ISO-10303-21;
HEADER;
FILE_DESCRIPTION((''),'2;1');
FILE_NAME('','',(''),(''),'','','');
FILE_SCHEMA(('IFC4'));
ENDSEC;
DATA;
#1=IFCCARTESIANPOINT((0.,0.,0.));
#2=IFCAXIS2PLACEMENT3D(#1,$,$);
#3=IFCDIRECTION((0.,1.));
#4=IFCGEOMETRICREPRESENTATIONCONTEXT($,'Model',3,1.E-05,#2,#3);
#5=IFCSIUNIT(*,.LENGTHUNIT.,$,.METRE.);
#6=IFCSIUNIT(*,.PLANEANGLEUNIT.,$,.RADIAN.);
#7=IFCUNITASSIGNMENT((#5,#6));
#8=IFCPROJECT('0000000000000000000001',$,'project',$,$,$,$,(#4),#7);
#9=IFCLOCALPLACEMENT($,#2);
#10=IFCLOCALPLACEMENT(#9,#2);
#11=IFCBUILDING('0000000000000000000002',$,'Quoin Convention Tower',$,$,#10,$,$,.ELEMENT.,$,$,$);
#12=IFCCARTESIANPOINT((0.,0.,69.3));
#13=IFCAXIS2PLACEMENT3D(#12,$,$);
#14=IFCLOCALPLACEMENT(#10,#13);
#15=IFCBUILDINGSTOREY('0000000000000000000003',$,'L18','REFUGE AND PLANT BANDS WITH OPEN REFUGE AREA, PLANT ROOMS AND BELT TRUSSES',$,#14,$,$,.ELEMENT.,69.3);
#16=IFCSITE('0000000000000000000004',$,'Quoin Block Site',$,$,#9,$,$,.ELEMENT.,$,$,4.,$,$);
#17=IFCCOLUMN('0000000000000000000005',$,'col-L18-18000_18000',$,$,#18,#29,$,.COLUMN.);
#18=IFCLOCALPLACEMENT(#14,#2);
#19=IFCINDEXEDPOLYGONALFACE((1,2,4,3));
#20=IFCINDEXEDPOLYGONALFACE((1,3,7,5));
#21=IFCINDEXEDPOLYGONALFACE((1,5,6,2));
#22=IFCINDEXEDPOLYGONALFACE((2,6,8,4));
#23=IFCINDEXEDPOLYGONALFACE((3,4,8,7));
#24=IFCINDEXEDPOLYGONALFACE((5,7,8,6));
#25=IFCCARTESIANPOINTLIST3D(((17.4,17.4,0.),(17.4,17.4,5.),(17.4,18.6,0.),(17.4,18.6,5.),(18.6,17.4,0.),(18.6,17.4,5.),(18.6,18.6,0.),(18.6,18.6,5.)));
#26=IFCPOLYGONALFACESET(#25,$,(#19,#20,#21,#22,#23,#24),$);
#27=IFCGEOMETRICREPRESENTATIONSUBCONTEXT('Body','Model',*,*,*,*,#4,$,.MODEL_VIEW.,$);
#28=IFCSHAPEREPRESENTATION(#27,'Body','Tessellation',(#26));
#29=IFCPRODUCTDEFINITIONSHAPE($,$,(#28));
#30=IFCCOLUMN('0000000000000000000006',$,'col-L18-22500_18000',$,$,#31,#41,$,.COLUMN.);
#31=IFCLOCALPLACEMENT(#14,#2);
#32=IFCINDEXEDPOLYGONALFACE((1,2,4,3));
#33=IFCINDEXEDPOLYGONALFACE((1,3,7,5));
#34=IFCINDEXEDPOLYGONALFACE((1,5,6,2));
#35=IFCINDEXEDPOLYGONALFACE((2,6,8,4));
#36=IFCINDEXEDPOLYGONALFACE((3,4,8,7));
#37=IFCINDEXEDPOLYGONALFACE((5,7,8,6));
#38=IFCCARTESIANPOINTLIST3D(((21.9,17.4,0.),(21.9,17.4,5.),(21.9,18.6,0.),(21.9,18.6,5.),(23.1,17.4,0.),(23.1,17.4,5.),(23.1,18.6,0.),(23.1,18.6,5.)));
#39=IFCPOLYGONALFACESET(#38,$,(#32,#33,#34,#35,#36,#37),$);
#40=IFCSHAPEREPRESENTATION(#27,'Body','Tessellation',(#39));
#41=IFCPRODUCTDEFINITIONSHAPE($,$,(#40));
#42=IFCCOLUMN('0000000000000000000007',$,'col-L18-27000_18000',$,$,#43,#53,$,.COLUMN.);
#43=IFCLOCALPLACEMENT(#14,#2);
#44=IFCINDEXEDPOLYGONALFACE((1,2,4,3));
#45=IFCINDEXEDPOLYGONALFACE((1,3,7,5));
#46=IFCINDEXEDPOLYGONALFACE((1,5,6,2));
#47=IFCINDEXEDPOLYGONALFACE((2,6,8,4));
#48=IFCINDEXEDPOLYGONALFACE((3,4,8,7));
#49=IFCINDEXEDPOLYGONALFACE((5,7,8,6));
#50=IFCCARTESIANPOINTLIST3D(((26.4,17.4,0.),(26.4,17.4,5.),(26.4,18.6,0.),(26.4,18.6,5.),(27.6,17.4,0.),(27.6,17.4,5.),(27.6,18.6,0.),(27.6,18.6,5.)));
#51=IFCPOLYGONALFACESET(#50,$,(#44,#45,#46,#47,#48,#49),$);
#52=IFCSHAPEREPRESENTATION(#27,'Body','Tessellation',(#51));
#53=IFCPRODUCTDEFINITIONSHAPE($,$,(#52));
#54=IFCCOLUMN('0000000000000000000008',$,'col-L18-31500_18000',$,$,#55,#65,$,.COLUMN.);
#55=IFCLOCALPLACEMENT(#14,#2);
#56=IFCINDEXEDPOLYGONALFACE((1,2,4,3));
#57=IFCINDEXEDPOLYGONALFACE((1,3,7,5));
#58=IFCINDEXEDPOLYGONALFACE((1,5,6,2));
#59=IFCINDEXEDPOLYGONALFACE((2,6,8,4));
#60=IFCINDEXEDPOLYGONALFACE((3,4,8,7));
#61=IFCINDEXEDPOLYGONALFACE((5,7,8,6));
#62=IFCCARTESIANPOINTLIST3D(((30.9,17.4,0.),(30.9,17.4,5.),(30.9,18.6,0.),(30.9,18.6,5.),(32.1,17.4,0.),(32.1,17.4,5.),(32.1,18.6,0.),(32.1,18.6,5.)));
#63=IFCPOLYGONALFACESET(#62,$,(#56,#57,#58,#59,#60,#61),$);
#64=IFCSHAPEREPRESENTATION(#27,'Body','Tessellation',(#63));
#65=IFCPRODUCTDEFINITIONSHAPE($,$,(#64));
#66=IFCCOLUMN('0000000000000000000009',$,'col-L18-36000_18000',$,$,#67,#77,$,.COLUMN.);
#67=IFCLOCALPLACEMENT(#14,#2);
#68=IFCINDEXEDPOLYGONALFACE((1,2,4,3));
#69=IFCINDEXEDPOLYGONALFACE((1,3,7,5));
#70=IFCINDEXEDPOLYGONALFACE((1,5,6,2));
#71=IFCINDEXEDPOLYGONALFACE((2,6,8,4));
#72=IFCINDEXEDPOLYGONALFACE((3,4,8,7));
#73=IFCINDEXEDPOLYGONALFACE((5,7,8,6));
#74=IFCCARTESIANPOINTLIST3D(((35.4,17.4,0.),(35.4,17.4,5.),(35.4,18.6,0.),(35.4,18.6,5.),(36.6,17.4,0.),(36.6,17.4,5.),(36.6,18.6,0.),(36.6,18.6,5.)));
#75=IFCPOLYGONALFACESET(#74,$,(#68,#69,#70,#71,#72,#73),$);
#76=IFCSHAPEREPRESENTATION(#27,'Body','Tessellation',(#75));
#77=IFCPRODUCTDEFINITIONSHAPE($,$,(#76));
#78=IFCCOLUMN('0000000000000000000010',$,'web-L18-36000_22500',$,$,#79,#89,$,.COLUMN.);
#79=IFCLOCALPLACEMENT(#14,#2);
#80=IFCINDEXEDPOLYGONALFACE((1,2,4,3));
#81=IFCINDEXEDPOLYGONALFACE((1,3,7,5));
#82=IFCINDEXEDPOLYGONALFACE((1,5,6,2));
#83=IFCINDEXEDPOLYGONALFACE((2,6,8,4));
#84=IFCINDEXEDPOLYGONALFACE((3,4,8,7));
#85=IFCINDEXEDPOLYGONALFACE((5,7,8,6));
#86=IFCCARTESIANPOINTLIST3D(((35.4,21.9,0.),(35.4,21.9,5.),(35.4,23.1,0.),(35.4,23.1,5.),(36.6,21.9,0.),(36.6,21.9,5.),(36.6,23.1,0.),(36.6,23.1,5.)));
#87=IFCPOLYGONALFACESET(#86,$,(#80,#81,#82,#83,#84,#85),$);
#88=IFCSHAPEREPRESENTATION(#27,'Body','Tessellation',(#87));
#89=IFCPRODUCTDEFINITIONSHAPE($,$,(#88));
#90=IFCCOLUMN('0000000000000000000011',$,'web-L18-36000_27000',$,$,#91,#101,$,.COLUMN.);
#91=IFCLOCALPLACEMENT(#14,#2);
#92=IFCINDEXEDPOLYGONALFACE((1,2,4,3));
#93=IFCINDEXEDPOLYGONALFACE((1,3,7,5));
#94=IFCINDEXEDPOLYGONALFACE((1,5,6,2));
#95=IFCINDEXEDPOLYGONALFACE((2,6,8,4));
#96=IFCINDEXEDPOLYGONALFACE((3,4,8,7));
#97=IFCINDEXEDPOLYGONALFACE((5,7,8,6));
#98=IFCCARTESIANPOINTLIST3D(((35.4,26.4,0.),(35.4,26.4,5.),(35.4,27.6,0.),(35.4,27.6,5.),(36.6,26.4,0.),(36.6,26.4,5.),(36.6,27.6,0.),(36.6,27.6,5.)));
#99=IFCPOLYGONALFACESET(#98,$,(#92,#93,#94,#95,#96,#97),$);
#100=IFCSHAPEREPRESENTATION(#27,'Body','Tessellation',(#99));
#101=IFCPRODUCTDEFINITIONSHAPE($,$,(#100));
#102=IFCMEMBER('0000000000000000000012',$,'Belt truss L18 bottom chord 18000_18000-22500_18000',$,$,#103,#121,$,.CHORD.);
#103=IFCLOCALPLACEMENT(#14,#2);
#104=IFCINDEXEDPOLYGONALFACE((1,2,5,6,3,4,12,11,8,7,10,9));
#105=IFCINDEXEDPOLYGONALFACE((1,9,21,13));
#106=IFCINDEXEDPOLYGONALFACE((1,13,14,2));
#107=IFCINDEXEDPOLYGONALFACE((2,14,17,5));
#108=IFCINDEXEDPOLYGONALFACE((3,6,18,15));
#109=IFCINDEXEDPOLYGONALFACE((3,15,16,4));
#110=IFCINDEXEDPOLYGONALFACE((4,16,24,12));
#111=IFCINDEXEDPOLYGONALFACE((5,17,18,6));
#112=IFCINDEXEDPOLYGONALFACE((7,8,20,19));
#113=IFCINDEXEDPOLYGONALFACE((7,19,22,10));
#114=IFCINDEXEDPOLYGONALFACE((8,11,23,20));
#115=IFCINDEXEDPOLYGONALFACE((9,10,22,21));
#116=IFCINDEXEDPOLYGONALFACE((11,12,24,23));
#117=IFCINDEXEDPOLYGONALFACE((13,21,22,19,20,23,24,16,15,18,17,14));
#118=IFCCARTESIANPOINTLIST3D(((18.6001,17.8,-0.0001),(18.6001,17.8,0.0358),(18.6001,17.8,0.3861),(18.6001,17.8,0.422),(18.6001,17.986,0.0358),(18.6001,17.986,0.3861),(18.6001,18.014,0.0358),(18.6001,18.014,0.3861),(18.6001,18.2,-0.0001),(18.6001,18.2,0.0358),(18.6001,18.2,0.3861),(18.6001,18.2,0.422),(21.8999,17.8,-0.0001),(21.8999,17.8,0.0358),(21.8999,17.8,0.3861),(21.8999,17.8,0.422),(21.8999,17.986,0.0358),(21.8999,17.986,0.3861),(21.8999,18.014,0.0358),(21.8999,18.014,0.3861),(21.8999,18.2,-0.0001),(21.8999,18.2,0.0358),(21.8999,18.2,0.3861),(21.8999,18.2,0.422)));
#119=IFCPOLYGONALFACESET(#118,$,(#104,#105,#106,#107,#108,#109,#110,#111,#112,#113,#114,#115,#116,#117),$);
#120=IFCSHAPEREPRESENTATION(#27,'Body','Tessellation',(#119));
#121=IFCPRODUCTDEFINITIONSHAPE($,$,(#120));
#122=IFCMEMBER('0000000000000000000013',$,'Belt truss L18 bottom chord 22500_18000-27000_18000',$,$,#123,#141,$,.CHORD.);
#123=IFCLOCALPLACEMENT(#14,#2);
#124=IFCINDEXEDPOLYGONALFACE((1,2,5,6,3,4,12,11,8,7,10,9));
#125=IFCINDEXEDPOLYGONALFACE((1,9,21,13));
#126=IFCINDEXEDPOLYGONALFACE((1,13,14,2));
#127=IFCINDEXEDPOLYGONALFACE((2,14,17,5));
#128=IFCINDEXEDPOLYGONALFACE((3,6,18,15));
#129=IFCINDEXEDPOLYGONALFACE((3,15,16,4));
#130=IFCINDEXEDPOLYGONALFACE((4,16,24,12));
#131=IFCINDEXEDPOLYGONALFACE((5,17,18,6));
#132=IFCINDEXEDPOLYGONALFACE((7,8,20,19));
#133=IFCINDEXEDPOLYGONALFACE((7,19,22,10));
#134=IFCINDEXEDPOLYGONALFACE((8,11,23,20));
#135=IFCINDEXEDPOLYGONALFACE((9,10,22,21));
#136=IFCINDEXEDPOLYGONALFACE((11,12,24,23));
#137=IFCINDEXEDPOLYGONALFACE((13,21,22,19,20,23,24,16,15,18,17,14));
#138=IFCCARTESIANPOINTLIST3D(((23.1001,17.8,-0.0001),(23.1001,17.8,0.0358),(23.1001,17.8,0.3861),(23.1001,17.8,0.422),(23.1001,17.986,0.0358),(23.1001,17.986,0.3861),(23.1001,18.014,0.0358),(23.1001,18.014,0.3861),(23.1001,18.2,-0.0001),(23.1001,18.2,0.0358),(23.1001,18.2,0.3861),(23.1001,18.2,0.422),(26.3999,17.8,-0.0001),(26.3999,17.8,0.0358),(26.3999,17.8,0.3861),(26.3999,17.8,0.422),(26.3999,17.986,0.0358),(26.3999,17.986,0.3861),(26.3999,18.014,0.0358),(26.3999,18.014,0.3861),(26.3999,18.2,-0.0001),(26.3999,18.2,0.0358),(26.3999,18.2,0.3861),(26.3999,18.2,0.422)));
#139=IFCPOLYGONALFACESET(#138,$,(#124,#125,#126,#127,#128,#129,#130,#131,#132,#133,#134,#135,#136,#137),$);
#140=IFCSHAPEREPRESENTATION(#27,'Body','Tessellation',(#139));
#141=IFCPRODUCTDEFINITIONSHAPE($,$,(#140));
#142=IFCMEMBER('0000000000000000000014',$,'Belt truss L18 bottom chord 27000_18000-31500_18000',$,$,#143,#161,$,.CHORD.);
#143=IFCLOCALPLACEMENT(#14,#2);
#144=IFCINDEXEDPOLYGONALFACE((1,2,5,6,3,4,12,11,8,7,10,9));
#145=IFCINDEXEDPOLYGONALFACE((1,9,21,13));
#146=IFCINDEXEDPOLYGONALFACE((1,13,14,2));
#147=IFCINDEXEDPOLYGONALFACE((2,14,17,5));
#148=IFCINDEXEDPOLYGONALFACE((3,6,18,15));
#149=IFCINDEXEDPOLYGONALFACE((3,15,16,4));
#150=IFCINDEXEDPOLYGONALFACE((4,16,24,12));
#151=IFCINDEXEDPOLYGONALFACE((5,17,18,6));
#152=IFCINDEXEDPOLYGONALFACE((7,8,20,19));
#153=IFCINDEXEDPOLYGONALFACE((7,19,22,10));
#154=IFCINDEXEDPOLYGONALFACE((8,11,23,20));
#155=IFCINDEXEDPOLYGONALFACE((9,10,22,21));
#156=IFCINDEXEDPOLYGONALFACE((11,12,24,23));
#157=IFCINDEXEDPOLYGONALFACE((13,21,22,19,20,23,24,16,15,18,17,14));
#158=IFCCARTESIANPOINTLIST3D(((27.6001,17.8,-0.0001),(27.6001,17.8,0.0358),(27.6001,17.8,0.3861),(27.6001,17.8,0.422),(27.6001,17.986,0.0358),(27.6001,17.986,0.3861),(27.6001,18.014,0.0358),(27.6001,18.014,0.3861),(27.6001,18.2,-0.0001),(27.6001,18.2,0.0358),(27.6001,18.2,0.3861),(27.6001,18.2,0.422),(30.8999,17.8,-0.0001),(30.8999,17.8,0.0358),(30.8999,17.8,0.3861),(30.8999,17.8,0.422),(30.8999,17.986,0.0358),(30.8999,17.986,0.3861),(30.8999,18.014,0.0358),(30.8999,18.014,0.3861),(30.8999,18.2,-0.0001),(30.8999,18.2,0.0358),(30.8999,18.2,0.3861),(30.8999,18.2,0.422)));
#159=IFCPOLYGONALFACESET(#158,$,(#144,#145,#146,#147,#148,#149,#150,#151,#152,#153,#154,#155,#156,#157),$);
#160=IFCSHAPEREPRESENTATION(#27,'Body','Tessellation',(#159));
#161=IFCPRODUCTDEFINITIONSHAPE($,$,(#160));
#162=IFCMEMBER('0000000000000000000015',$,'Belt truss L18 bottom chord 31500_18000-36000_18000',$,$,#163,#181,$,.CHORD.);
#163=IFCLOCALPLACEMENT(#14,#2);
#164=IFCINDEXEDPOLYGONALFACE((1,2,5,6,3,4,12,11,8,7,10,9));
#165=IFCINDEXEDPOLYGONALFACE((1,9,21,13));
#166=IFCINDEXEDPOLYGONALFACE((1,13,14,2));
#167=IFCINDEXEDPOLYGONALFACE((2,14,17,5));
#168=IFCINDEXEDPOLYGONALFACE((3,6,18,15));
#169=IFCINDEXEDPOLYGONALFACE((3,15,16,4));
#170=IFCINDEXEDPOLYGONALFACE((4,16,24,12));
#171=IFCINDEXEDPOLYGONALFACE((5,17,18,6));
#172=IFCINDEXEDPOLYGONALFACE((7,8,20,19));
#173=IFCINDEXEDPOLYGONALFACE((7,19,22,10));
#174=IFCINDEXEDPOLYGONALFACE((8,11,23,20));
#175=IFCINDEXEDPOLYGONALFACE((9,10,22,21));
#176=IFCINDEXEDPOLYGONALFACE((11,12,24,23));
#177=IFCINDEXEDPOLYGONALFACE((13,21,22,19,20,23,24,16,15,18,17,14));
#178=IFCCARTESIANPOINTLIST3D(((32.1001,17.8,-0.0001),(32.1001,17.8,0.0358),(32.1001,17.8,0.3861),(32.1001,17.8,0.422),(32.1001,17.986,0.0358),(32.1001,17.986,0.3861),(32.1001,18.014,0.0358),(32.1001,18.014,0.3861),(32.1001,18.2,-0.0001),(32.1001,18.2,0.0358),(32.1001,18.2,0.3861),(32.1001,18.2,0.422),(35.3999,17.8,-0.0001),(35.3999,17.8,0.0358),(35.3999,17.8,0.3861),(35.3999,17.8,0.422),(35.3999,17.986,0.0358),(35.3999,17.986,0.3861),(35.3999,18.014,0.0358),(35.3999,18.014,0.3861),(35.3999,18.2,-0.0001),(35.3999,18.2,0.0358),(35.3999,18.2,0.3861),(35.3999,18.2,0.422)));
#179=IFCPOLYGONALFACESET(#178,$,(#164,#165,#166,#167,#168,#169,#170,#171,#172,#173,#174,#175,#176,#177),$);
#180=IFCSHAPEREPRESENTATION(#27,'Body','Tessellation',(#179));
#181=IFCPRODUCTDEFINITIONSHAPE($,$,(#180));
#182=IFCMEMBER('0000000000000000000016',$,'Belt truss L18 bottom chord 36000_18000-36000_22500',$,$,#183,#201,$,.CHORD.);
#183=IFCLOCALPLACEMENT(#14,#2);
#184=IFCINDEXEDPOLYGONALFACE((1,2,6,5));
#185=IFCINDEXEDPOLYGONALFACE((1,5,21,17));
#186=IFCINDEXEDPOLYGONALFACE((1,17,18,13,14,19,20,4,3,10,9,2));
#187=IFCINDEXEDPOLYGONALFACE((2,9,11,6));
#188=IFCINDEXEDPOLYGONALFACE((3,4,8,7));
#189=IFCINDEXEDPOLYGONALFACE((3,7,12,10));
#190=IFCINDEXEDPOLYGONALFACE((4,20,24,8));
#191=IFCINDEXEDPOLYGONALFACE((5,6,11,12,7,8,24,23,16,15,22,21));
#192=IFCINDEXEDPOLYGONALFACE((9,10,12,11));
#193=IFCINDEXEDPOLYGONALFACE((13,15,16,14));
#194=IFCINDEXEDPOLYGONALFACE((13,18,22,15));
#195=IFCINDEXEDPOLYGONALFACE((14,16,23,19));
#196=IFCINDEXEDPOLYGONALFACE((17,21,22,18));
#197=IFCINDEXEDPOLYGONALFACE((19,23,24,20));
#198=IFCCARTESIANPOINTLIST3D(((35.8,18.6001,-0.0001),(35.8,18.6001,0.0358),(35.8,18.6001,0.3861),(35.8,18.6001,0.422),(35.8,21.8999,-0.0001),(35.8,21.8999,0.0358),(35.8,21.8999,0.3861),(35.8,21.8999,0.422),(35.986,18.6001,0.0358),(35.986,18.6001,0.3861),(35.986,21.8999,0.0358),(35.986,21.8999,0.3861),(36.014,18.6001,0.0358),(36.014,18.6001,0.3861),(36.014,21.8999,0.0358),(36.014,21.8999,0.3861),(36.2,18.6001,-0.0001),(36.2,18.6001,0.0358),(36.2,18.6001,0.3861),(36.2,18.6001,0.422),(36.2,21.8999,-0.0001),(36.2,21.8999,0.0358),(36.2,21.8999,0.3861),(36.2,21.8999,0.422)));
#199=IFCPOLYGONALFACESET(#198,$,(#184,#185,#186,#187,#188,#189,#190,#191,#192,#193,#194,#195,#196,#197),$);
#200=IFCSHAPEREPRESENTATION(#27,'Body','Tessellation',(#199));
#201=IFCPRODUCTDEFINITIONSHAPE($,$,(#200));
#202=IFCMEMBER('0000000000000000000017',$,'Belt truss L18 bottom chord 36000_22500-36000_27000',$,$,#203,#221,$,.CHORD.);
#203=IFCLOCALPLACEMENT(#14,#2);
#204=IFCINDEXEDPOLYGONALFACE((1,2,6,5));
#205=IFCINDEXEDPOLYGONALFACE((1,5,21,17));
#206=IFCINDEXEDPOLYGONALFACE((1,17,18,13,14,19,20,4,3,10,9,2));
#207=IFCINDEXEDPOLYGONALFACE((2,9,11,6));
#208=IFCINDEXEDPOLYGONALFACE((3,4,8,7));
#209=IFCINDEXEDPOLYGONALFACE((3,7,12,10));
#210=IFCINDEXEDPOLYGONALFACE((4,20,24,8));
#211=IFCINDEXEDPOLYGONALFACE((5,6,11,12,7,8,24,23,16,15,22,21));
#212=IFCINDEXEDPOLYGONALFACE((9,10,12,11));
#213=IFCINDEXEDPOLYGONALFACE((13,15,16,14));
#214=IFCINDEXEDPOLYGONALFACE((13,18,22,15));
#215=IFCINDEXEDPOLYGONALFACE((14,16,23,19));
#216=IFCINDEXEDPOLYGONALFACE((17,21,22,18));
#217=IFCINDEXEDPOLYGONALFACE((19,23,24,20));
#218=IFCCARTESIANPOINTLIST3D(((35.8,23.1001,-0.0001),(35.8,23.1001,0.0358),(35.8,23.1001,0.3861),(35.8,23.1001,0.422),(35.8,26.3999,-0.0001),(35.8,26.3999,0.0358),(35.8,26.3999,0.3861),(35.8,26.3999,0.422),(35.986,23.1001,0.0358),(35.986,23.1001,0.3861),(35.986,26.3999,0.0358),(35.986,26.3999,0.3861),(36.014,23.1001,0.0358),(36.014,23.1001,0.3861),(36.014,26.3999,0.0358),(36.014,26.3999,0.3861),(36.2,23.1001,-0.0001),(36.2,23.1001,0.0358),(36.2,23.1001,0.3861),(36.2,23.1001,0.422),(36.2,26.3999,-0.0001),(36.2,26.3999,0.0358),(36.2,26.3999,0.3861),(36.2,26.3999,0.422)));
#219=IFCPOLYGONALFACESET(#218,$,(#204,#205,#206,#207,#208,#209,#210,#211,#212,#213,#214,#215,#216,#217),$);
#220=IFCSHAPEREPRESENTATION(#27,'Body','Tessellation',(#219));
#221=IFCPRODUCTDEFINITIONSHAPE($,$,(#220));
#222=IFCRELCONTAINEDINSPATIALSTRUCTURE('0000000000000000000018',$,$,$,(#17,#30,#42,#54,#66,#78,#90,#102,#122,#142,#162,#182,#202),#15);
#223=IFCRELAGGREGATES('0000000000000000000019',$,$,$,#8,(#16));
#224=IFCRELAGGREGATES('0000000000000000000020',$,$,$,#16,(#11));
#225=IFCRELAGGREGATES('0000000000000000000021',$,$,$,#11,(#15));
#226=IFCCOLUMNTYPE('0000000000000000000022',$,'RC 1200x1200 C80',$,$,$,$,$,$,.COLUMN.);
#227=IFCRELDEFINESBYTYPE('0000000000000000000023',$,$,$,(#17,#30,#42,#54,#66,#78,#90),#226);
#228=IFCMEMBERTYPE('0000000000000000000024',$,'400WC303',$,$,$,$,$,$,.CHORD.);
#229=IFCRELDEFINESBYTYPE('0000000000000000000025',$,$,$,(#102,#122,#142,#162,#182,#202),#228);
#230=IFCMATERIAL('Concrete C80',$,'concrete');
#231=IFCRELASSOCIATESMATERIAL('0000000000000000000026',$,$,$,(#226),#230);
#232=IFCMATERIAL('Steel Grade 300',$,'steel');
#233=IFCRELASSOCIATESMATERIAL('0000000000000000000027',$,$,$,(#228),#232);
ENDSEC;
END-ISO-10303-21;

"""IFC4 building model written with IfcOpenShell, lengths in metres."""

from ifc_helpers import new_model, si_unit, direction, frame, origin, origin_2d, place, context, subcontext, project, spatial, rectangle, i_section, extrude, material, material_profile, profile_set, type_object, element, save


model = new_model("IFC4")

# Units and contexts
model_context = context("Model", 3, precision=1e-05, world=origin(), true_north=direction((0.0, 1.0)))
body_context = subcontext(model_context, "Body", "Model", "MODEL_VIEW")
ifc_project = project(units=[si_unit("LENGTHUNIT", "METRE"), si_unit("PLANEANGLEUNIT", "RADIAN")], contexts=[model_context])

# Site, building, storey
site_placement = place(None, origin())
site = spatial("IfcSite", under=ifc_project, at=site_placement, Name="Quoin Block Site", CompositionType="ELEMENT", RefElevation=4.0)
building_placement = place(site_placement, origin())
building = spatial("IfcBuilding", under=site, at=building_placement, Name="Quoin Convention Tower", CompositionType="ELEMENT")
storey_placement = place(building_placement, frame((0.0, 0.0, 69.3)))
storey = spatial("IfcBuildingStorey", under=building, at=storey_placement, Name="L18", Description="REFUGE AND PLANT BANDS WITH OPEN REFUGE AREA, PLANT ROOMS AND BELT TRUSSES", CompositionType="ELEMENT", Elevation=69.3)

# Columns
ifc_material_1 = material(Name="Concrete C80", Category="concrete")
ifc_material_profile_1 = material_profile(ifc_material_1, rectangle(XDim=1.2, YDim=1.2, at=origin_2d()), Name="RC 1200x1200")
ifc_profile_set_1 = profile_set([ifc_material_profile_1], Name="Concrete C80")
column_type = type_object("IfcColumnType", Name="RC 1200x1200 C80", PredefinedType="COLUMN", material=ifc_profile_set_1)
for number, where, z_axis, x_axis, name in (
    (1, (18.0, 18.0, 0.0), (0.0, 0.0, 1.0), (1.0, 0.0, 0.0), "col-L18-18000_18000"),
    (2, (22.5, 18.0, 0.0), (0.0, 0.0, 1.0), (1.0, 0.0, 0.0), "col-L18-22500_18000"),
    (3, (27.0, 18.0, 0.0), (0.0, 0.0, 1.0), (1.0, 0.0, 0.0), "col-L18-27000_18000"),
    (4, (31.5, 18.0, 0.0), (0.0, 0.0, 1.0), (1.0, 0.0, 0.0), "col-L18-31500_18000"),
    (5, (36.0, 18.0, 0.0), (0.0, 0.0, 1.0), (1.0, 0.0, 0.0), "col-L18-36000_18000"),
    (6, (36.0, 22.5, 0.0), (0.0, 0.0, 1.0), (1.0, 0.0, 0.0), "web-L18-36000_22500"),
    (7, (36.0, 27.0, 0.0), (0.0, 0.0, 1.0), (1.0, 0.0, 0.0), "web-L18-36000_27000"),
):
    element("IfcColumn", number, at=place(storey_placement, frame(where, z_axis=z_axis, x_axis=x_axis)), inside=storey, type_object=column_type, Name=name, PredefinedType="COLUMN", context=body_context, shape_type="SweptSolid", body=[
        extrude(rectangle(XDim=1.2, YDim=1.2, at=origin_2d()), origin(), (0.0, 0.0, 1.0), 5.0),
    ])

# Members
ifc_material_2 = material(Name="Steel Grade 300", Category="steel")
ifc_material_profile_2 = material_profile(ifc_material_2, i_section(OverallWidth=0.3999, OverallDepth=0.4221, WebThickness=0.0281, FlangeThickness=0.0359, at=origin_2d()), Name="400WC303")
ifc_profile_set_2 = profile_set([ifc_material_profile_2], Name="Steel Grade 300")
member_type_1 = type_object("IfcMemberType", Name="400WC303", PredefinedType="CHORD", material=ifc_profile_set_2)
for number, where, z_axis, x_axis, name in (
    (8, (18.6001, 18.0, 0.2109), (1.0, 0.0, 0.0), (0.0, 1.0, 0.0), "Belt truss L18 bottom chord 18000_18000-22500_18000"),
    (9, (23.1001, 18.0, 0.2109), (1.0, 0.0, 0.0), (0.0, 1.0, 0.0), "Belt truss L18 bottom chord 22500_18000-27000_18000"),
    (10, (27.6001, 18.0, 0.2109), (1.0, 0.0, 0.0), (0.0, 1.0, 0.0), "Belt truss L18 bottom chord 27000_18000-31500_18000"),
    (11, (32.1001, 18.0, 0.2109), (1.0, 0.0, 0.0), (0.0, 1.0, 0.0), "Belt truss L18 bottom chord 31500_18000-36000_18000"),
    (12, (36.0, 18.6001, 0.2109), (0.0, 1.0, 0.0), (-1.0, 0.0, 0.0), "Belt truss L18 bottom chord 36000_18000-36000_22500"),
    (13, (36.0, 23.1001, 0.2109), (0.0, 1.0, 0.0), (-1.0, 0.0, 0.0), "Belt truss L18 bottom chord 36000_22500-36000_27000"),
):
    element("IfcMember", number, at=place(storey_placement, frame(where, z_axis=z_axis, x_axis=x_axis)), inside=storey, type_object=member_type_1, Name=name, PredefinedType="CHORD", context=body_context, shape_type="SweptSolid", body=[
        extrude(i_section(OverallWidth=0.3999, OverallDepth=0.4221, WebThickness=0.0281, FlangeThickness=0.0359, at=origin_2d()), origin(), (0.0, 0.0, 1.0), 3.2998),
    ])

save(model, "model.ifc")
